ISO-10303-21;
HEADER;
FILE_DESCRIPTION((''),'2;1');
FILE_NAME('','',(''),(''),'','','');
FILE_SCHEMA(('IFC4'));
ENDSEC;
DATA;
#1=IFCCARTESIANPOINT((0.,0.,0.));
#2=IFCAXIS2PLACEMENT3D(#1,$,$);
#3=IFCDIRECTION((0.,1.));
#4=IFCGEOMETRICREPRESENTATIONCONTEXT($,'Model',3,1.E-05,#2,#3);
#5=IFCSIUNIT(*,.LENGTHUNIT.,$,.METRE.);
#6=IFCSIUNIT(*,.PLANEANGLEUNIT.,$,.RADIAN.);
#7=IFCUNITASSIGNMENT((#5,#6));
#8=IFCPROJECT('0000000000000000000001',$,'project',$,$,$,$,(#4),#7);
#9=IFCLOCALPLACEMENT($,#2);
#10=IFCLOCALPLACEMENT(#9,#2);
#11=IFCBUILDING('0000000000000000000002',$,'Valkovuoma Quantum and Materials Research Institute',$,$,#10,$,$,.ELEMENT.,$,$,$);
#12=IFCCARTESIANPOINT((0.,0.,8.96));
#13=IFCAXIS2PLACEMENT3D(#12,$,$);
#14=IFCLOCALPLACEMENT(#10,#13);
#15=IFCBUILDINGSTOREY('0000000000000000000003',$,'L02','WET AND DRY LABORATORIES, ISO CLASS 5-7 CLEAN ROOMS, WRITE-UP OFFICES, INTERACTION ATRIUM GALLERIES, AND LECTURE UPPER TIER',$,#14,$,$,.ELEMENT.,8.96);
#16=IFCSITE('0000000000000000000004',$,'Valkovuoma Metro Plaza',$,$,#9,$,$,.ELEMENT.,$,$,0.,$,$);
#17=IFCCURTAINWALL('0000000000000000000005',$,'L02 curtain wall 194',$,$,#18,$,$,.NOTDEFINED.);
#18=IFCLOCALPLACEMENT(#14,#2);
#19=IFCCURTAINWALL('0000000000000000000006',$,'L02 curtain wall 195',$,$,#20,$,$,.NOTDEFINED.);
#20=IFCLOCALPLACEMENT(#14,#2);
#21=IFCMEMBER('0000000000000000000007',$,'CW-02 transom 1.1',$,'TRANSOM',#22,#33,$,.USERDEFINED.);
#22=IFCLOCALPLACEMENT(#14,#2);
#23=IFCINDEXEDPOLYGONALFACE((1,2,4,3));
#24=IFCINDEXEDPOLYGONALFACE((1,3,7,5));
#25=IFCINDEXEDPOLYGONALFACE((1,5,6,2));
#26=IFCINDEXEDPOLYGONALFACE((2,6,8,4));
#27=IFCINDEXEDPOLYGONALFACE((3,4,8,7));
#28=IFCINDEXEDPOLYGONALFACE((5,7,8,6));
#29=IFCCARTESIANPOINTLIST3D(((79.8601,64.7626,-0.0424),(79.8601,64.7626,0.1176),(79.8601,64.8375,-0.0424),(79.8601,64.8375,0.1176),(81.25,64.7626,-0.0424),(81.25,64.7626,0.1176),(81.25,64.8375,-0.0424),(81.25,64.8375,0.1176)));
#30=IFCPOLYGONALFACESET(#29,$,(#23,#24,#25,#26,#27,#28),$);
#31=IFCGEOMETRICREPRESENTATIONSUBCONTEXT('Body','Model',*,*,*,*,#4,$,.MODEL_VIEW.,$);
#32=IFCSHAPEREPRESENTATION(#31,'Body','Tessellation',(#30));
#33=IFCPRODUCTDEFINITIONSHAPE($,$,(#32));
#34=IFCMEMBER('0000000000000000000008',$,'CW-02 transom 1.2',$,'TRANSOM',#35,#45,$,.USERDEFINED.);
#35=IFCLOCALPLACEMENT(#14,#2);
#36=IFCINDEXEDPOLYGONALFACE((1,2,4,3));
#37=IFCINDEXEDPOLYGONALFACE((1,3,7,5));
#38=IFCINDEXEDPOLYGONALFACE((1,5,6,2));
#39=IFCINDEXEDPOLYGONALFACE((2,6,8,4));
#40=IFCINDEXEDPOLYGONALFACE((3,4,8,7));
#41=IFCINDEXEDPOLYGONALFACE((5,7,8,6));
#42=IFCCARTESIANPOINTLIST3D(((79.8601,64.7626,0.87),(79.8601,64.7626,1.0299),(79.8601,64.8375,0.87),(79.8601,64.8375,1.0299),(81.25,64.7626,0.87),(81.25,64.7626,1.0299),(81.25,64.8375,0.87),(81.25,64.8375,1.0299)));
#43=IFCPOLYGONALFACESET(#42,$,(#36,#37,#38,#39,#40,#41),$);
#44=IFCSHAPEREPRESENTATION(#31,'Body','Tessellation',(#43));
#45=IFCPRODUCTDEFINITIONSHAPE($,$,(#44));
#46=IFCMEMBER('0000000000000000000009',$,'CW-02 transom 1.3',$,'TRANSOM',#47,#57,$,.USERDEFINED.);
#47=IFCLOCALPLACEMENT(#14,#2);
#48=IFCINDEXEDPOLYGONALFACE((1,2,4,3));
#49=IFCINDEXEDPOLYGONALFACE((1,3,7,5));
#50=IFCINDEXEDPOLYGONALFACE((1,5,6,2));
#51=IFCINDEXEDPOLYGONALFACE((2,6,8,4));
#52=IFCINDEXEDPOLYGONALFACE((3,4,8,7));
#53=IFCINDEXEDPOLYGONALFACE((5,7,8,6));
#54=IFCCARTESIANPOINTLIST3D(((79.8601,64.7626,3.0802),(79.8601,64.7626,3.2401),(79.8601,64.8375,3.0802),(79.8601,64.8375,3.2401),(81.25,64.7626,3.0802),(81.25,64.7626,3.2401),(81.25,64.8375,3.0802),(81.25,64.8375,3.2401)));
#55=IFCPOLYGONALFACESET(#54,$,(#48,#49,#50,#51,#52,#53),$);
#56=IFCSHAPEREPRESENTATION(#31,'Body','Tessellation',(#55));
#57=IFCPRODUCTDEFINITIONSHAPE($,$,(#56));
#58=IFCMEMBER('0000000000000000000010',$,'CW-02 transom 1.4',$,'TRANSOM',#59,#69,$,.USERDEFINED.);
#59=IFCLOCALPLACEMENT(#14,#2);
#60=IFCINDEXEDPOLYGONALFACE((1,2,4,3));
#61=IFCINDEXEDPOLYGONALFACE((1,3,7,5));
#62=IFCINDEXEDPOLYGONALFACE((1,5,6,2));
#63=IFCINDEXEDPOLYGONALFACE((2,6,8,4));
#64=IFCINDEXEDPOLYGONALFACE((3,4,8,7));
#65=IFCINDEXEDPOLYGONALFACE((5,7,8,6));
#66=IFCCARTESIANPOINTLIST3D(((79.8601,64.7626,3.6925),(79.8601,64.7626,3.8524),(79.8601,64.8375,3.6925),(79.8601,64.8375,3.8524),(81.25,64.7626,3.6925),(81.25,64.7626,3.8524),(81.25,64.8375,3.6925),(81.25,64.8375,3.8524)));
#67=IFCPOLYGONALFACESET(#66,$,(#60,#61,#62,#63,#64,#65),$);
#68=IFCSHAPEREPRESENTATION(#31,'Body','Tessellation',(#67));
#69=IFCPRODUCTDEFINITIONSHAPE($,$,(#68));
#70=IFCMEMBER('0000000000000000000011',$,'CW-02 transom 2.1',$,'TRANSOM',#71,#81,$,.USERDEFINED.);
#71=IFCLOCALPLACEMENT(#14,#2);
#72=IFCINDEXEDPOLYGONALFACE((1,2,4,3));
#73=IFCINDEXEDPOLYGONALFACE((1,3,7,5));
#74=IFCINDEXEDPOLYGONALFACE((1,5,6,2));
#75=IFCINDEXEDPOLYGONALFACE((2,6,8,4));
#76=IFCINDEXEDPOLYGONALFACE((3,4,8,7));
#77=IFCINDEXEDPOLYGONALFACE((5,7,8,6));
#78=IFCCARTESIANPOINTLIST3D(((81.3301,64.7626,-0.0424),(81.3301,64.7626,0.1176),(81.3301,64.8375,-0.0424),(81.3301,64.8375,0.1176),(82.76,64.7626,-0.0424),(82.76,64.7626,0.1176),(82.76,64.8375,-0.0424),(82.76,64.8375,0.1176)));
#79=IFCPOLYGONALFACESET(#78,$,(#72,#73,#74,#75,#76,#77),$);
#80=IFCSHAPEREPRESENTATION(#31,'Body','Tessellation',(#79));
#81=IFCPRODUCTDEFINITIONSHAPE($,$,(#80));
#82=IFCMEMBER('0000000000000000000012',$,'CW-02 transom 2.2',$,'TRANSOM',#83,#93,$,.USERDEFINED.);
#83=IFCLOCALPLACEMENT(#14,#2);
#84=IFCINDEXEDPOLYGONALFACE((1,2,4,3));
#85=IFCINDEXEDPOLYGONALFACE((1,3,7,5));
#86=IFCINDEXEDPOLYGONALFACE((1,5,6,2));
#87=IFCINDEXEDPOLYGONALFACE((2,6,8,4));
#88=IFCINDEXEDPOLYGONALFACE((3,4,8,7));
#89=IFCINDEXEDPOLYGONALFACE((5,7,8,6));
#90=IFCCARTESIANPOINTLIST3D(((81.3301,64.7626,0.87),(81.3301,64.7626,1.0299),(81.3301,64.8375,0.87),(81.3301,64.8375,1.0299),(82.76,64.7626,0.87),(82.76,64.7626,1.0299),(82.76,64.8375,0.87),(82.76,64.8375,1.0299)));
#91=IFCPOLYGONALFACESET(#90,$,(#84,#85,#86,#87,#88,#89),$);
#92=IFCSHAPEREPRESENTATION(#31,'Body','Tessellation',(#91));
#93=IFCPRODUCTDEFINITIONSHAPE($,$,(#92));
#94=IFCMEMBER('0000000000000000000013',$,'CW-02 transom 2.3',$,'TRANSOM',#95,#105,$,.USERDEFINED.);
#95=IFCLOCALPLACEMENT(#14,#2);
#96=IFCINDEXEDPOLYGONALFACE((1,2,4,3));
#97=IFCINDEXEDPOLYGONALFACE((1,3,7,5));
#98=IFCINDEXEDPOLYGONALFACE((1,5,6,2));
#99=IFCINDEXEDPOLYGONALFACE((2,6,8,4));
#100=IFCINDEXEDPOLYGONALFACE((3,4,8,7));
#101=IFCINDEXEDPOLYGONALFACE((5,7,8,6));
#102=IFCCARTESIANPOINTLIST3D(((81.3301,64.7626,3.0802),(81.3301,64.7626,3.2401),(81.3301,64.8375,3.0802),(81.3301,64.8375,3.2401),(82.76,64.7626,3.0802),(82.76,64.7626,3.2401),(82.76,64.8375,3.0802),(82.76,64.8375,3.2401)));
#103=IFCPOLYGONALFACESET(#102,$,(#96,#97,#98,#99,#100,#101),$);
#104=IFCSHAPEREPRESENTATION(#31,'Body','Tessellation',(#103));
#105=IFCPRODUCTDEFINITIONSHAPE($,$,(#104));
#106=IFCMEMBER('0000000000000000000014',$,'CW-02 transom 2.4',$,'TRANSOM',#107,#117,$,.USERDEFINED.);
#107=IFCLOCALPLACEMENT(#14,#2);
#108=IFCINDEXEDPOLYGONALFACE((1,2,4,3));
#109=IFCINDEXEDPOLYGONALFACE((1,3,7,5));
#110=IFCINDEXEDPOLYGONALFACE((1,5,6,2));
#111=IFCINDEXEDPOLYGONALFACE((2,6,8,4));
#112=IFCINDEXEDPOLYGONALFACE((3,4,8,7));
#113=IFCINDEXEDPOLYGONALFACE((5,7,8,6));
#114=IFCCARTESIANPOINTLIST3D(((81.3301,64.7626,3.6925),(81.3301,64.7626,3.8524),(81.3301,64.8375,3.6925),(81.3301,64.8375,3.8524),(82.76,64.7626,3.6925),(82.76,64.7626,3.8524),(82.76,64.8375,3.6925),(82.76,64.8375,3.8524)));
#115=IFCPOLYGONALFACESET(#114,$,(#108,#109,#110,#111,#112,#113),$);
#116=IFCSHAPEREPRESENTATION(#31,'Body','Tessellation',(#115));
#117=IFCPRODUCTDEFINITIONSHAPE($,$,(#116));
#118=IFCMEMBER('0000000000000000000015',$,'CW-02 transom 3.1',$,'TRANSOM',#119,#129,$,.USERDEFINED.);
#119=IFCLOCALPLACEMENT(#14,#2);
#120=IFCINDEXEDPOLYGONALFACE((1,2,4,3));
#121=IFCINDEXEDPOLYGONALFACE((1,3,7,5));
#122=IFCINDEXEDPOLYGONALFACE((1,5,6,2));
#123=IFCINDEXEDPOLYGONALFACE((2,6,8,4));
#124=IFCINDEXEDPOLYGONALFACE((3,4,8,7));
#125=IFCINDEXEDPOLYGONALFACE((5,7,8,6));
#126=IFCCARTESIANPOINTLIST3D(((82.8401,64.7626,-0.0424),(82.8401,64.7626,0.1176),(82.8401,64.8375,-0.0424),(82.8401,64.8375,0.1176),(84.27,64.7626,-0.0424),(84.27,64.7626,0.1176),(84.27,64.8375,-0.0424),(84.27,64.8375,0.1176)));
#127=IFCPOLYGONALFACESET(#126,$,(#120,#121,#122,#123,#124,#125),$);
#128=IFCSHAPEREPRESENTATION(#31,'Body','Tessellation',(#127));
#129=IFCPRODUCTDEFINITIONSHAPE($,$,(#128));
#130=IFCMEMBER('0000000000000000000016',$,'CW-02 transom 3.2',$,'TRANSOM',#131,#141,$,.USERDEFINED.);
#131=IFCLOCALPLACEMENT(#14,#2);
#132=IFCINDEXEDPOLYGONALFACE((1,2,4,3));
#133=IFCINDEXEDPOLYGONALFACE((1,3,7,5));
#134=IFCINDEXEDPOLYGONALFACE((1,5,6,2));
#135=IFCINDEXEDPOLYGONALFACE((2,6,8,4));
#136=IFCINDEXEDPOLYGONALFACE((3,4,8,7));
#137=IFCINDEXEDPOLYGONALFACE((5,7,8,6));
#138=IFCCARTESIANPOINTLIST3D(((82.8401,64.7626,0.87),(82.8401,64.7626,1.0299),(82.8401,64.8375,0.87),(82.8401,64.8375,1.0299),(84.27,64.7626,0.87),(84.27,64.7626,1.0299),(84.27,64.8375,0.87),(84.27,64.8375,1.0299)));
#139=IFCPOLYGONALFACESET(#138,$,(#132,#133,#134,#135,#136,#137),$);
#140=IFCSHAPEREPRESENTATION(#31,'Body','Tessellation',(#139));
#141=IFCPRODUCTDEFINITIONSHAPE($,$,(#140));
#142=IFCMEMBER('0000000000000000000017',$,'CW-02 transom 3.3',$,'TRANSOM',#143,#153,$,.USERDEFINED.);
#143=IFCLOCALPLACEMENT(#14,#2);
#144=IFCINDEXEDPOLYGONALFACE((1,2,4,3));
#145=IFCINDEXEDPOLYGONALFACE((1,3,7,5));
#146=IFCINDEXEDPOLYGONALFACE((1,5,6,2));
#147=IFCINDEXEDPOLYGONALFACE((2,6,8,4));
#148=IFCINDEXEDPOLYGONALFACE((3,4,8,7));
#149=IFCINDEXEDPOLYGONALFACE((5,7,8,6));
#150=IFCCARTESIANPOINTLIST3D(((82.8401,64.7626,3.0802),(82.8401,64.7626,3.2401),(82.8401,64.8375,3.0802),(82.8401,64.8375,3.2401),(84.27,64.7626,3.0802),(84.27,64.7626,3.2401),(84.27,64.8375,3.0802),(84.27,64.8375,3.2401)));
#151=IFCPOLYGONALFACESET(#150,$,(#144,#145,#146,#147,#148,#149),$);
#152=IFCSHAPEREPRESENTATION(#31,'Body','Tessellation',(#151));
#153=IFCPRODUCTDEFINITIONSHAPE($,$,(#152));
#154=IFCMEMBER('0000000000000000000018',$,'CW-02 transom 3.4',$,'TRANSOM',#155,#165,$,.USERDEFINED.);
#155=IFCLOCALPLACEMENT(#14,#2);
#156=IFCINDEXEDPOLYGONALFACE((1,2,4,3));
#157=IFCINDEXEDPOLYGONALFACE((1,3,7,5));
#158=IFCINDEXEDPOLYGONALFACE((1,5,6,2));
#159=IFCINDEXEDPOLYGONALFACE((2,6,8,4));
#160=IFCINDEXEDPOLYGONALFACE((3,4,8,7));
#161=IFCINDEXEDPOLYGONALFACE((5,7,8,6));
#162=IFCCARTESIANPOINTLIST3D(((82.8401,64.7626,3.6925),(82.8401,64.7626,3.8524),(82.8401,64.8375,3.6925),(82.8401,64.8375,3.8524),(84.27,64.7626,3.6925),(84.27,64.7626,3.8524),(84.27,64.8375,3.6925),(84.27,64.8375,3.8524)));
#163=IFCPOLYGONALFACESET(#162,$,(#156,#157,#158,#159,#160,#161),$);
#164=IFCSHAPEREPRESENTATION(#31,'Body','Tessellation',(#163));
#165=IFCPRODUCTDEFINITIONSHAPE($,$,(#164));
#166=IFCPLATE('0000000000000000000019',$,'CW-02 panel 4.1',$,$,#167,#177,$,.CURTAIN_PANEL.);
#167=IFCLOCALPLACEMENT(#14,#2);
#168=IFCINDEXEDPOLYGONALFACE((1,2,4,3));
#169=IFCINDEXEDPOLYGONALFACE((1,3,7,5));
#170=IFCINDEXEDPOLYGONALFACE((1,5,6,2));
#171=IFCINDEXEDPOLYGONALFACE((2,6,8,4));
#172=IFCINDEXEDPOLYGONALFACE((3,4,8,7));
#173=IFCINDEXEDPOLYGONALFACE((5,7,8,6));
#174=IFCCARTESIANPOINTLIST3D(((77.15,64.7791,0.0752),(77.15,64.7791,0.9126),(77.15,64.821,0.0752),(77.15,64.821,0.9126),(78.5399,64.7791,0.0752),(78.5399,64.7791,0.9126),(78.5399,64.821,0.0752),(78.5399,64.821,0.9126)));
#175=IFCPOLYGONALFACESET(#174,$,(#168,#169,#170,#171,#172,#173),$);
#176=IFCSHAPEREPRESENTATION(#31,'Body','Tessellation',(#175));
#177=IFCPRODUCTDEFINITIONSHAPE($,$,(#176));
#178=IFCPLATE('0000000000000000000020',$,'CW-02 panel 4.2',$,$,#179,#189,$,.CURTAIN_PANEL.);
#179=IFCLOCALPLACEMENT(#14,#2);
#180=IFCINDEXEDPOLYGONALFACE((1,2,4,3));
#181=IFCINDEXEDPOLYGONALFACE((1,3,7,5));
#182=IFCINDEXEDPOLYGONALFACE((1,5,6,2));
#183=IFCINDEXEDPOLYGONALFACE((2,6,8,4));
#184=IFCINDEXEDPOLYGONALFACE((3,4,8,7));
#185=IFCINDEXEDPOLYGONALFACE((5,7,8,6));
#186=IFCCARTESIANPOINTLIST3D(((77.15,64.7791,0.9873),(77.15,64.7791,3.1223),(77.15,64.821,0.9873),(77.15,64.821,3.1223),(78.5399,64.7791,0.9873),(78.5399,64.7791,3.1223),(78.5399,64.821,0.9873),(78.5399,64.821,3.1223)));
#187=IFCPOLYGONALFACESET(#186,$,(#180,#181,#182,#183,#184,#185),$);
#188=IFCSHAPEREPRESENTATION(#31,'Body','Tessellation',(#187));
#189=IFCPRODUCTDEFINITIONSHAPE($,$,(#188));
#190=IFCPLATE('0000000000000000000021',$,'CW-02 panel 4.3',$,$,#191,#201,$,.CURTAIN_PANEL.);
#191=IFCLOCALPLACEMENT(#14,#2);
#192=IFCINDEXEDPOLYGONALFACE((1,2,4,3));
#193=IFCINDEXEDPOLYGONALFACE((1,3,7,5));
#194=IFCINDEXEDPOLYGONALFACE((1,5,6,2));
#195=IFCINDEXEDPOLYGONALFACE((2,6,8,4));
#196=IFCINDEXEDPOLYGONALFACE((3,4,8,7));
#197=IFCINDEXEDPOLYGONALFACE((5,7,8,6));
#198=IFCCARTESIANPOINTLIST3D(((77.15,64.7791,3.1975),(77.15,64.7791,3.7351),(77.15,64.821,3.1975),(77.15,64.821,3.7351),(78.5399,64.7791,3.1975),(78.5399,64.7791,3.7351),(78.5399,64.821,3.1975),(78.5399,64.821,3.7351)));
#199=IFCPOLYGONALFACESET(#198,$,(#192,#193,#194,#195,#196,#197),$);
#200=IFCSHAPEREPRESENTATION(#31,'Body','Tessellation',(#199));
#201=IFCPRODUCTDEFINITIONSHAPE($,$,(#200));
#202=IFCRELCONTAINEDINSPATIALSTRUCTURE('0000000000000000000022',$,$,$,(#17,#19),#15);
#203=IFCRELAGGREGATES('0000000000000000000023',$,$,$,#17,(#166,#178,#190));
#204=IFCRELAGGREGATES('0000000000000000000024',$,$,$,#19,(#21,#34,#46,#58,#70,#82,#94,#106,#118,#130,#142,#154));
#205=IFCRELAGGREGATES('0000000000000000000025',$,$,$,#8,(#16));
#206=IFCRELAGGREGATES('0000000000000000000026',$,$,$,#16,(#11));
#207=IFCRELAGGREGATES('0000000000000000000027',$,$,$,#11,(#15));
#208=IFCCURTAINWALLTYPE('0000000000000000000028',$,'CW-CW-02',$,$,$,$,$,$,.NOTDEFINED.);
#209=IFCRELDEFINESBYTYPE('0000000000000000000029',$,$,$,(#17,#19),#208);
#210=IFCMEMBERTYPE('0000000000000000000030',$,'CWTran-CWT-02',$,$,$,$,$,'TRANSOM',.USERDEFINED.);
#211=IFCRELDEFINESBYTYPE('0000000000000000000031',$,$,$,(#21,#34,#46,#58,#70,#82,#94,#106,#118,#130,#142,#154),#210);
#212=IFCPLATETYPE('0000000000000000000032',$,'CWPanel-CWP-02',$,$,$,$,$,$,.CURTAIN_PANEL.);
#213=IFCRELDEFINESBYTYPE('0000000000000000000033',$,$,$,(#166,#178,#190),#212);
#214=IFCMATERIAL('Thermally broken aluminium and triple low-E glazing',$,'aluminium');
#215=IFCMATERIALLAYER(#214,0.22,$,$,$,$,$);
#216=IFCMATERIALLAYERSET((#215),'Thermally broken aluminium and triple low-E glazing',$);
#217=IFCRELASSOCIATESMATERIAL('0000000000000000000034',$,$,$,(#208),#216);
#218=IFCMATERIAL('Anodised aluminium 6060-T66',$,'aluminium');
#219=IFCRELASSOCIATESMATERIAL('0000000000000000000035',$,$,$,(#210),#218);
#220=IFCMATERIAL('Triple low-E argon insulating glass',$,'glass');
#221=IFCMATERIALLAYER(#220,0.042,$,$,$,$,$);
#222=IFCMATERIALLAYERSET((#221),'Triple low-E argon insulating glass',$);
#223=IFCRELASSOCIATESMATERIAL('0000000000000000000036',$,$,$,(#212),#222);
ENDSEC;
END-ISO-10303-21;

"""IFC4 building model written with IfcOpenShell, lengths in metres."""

from ifc_helpers import new_model, si_unit, direction, frame, origin, origin_2d, place, context, subcontext, project, spatial, rectangle, extrude, material, layer, layer_set, material_profile, profile_set, type_object, element, aggregate, save


model = new_model("IFC4")

# Units and contexts
model_context = context("Model", 3, precision=1e-05, world=origin(), true_north=direction((0.0, 1.0)))
body_context = subcontext(model_context, "Body", "Model", "MODEL_VIEW")
ifc_project = project(units=[si_unit("LENGTHUNIT", "METRE"), si_unit("PLANEANGLEUNIT", "RADIAN")], contexts=[model_context])

# Site, building, storey
site_placement = place(None, origin())
site = spatial("IfcSite", under=ifc_project, at=site_placement, Name="Valkovuoma Metro Plaza", CompositionType="ELEMENT", RefElevation=0.0)
building_placement = place(site_placement, origin())
building = spatial("IfcBuilding", under=site, at=building_placement, Name="Valkovuoma Quantum and Materials Research Institute", CompositionType="ELEMENT")
storey_placement = place(building_placement, frame((0.0, 0.0, 8.96)))
storey = spatial("IfcBuildingStorey", under=building, at=storey_placement, Name="L02", Description="WET AND DRY LABORATORIES, ISO CLASS 5-7 CLEAN ROOMS, WRITE-UP OFFICES, INTERACTION ATRIUM GALLERIES, AND LECTURE UPPER TIER", CompositionType="ELEMENT", Elevation=8.96)

# Curtain wall
ifc_material_1 = material(Name="Thermally broken aluminium and triple low-E glazing", Category="aluminium")
ifc_layer_1 = layer(ifc_material_1, 0.22)
ifc_layer_set_1 = layer_set([ifc_layer_1], Name="Thermally broken aluminium and triple low-E glazing")
curtain_wall_type = type_object("IfcCurtainWallType", Name="CW-CW-02", PredefinedType="NOTDEFINED", material=ifc_layer_set_1)
curtain_wall_1_placement = place(storey_placement, origin())
curtain_wall_1 = element("IfcCurtainWall", 1, at=curtain_wall_1_placement, inside=storey, type_object=curtain_wall_type, Name="L02 curtain wall 194", PredefinedType="NOTDEFINED")

# Curtain wall
curtain_wall_2_placement = place(storey_placement, origin())
curtain_wall_2 = element("IfcCurtainWall", 2, at=curtain_wall_2_placement, inside=storey, type_object=curtain_wall_type, Name="L02 curtain wall 195", PredefinedType="NOTDEFINED")

# Members
ifc_material_2 = material(Name="Anodised aluminium 6060-T66", Category="aluminium")
ifc_material_profile_1 = material_profile(ifc_material_2, rectangle(XDim=0.075, YDim=0.1599, at=origin_2d()), Name="Anodised aluminium 6060-T66")
ifc_profile_set_1 = profile_set([ifc_material_profile_1], Name="Anodised aluminium 6060-T66")
member_type_1 = type_object("IfcMemberType", Name="CWTran-CWT-02", ElementType="TRANSOM", PredefinedType="USERDEFINED", material=ifc_profile_set_1)
member_1_placement = place(storey_placement, frame((79.8601, 64.8, 0.0376), z_axis=(1.0, 0.0, 0.0), x_axis=(0.0, 1.0, 0.0)))
member_1 = element("IfcMember", 3, at=member_1_placement, type_object=member_type_1, Name="CW-02 transom 1.1", ObjectType="TRANSOM", PredefinedType="USERDEFINED", context=body_context, shape_type="SweptSolid", body=[
    extrude(rectangle(XDim=0.075, YDim=0.1599, at=origin_2d()), origin(), (0.0, 0.0, 1.0), 1.3899),
])
member_2_placement = place(storey_placement, frame((79.8601, 64.8, 0.95), z_axis=(1.0, 0.0, 0.0), x_axis=(0.0, 1.0, 0.0)))
member_2 = element("IfcMember", 4, at=member_2_placement, type_object=member_type_1, Name="CW-02 transom 1.2", ObjectType="TRANSOM", PredefinedType="USERDEFINED", context=body_context, shape_type="SweptSolid", body=[
    extrude(rectangle(XDim=0.075, YDim=0.1599, at=origin_2d()), origin(), (0.0, 0.0, 1.0), 1.3899),
])
member_3_placement = place(storey_placement, frame((79.8601, 64.8, 3.1602), z_axis=(1.0, 0.0, 0.0), x_axis=(0.0, 1.0, 0.0)))
member_3 = element("IfcMember", 5, at=member_3_placement, type_object=member_type_1, Name="CW-02 transom 1.3", ObjectType="TRANSOM", PredefinedType="USERDEFINED", context=body_context, shape_type="SweptSolid", body=[
    extrude(rectangle(XDim=0.075, YDim=0.1599, at=origin_2d()), origin(), (0.0, 0.0, 1.0), 1.3899),
])
member_4_placement = place(storey_placement, frame((79.8601, 64.8, 3.7725), z_axis=(1.0, 0.0, 0.0), x_axis=(0.0, 1.0, 0.0)))
member_4 = element("IfcMember", 6, at=member_4_placement, type_object=member_type_1, Name="CW-02 transom 1.4", ObjectType="TRANSOM", PredefinedType="USERDEFINED", context=body_context, shape_type="SweptSolid", body=[
    extrude(rectangle(XDim=0.075, YDim=0.1599, at=origin_2d()), origin(), (0.0, 0.0, 1.0), 1.3899),
])
member_5_placement = place(storey_placement, frame((81.3301, 64.8, 0.0376), z_axis=(1.0, 0.0, 0.0), x_axis=(0.0, 1.0, 0.0)))
member_5 = element("IfcMember", 7, at=member_5_placement, type_object=member_type_1, Name="CW-02 transom 2.1", ObjectType="TRANSOM", PredefinedType="USERDEFINED", context=body_context, shape_type="SweptSolid", body=[
    extrude(rectangle(XDim=0.075, YDim=0.1599, at=origin_2d()), origin(), (0.0, 0.0, 1.0), 1.4299),
])
member_6_placement = place(storey_placement, frame((81.3301, 64.8, 0.95), z_axis=(1.0, 0.0, 0.0), x_axis=(0.0, 1.0, 0.0)))
member_6 = element("IfcMember", 8, at=member_6_placement, type_object=member_type_1, Name="CW-02 transom 2.2", ObjectType="TRANSOM", PredefinedType="USERDEFINED", context=body_context, shape_type="SweptSolid", body=[
    extrude(rectangle(XDim=0.075, YDim=0.1599, at=origin_2d()), origin(), (0.0, 0.0, 1.0), 1.4299),
])
member_7_placement = place(storey_placement, frame((81.3301, 64.8, 3.1602), z_axis=(1.0, 0.0, 0.0), x_axis=(0.0, 1.0, 0.0)))
member_7 = element("IfcMember", 9, at=member_7_placement, type_object=member_type_1, Name="CW-02 transom 2.3", ObjectType="TRANSOM", PredefinedType="USERDEFINED", context=body_context, shape_type="SweptSolid", body=[
    extrude(rectangle(XDim=0.075, YDim=0.1599, at=origin_2d()), origin(), (0.0, 0.0, 1.0), 1.4299),
])
member_8_placement = place(storey_placement, frame((81.3301, 64.8, 3.7725), z_axis=(1.0, 0.0, 0.0), x_axis=(0.0, 1.0, 0.0)))
member_8 = element("IfcMember", 10, at=member_8_placement, type_object=member_type_1, Name="CW-02 transom 2.4", ObjectType="TRANSOM", PredefinedType="USERDEFINED", context=body_context, shape_type="SweptSolid", body=[
    extrude(rectangle(XDim=0.075, YDim=0.1599, at=origin_2d()), origin(), (0.0, 0.0, 1.0), 1.4299),
])
member_9_placement = place(storey_placement, frame((82.8401, 64.8, 0.0376), z_axis=(1.0, 0.0, 0.0), x_axis=(0.0, 1.0, 0.0)))
member_9 = element("IfcMember", 11, at=member_9_placement, type_object=member_type_1, Name="CW-02 transom 3.1", ObjectType="TRANSOM", PredefinedType="USERDEFINED", context=body_context, shape_type="SweptSolid", body=[
    extrude(rectangle(XDim=0.075, YDim=0.1599, at=origin_2d()), origin(), (0.0, 0.0, 1.0), 1.4299),
])
member_10_placement = place(storey_placement, frame((82.8401, 64.8, 0.95), z_axis=(1.0, 0.0, 0.0), x_axis=(0.0, 1.0, 0.0)))
member_10 = element("IfcMember", 12, at=member_10_placement, type_object=member_type_1, Name="CW-02 transom 3.2", ObjectType="TRANSOM", PredefinedType="USERDEFINED", context=body_context, shape_type="SweptSolid", body=[
    extrude(rectangle(XDim=0.075, YDim=0.1599, at=origin_2d()), origin(), (0.0, 0.0, 1.0), 1.4299),
])
member_11_placement = place(storey_placement, frame((82.8401, 64.8, 3.1602), z_axis=(1.0, 0.0, 0.0), x_axis=(0.0, 1.0, 0.0)))
member_11 = element("IfcMember", 13, at=member_11_placement, type_object=member_type_1, Name="CW-02 transom 3.3", ObjectType="TRANSOM", PredefinedType="USERDEFINED", context=body_context, shape_type="SweptSolid", body=[
    extrude(rectangle(XDim=0.075, YDim=0.1599, at=origin_2d()), origin(), (0.0, 0.0, 1.0), 1.4299),
])
member_12_placement = place(storey_placement, frame((82.8401, 64.8, 3.7725), z_axis=(1.0, 0.0, 0.0), x_axis=(0.0, 1.0, 0.0)))
member_12 = element("IfcMember", 14, at=member_12_placement, type_object=member_type_1, Name="CW-02 transom 3.4", ObjectType="TRANSOM", PredefinedType="USERDEFINED", context=body_context, shape_type="SweptSolid", body=[
    extrude(rectangle(XDim=0.075, YDim=0.1599, at=origin_2d()), origin(), (0.0, 0.0, 1.0), 1.4299),
])

# Plates
ifc_material_3 = material(Name="Triple low-E argon insulating glass", Category="glass")
ifc_layer_2 = layer(ifc_material_3, 0.042)
ifc_layer_set_2 = layer_set([ifc_layer_2], Name="Triple low-E argon insulating glass")
plate_type = type_object("IfcPlateType", Name="CWPanel-CWP-02", PredefinedType="CURTAIN_PANEL", material=ifc_layer_set_2)
plate_1_placement = place(storey_placement, frame((77.845, 64.8, 0.0752), z_axis=(0.0, 0.0, 1.0), x_axis=(1.0, 0.0, 0.0)))
plate_1 = element("IfcPlate", 15, at=plate_1_placement, type_object=plate_type, Name="CW-02 panel 4.1", PredefinedType="CURTAIN_PANEL", context=body_context, shape_type="SweptSolid", body=[
    extrude(rectangle(XDim=1.3899, YDim=0.042, at=origin_2d()), origin(), (0.0, 0.0, 1.0), 0.8374),
])
plate_2_placement = place(storey_placement, frame((77.845, 64.8, 0.9873), z_axis=(0.0, 0.0, 1.0), x_axis=(1.0, 0.0, 0.0)))
plate_2 = element("IfcPlate", 16, at=plate_2_placement, type_object=plate_type, Name="CW-02 panel 4.2", PredefinedType="CURTAIN_PANEL", context=body_context, shape_type="SweptSolid", body=[
    extrude(rectangle(XDim=1.3899, YDim=0.042, at=origin_2d()), origin(), (0.0, 0.0, 1.0), 2.135),
])
plate_3_placement = place(storey_placement, frame((77.845, 64.8, 3.1975), z_axis=(0.0, 0.0, 1.0), x_axis=(1.0, 0.0, 0.0)))
plate_3 = element("IfcPlate", 17, at=plate_3_placement, type_object=plate_type, Name="CW-02 panel 4.3", PredefinedType="CURTAIN_PANEL", context=body_context, shape_type="SweptSolid", body=[
    extrude(rectangle(XDim=1.3899, YDim=0.042, at=origin_2d()), origin(), (0.0, 0.0, 1.0), 0.5376),
])
aggregate(curtain_wall_1, [plate_1, plate_2, plate_3])
aggregate(curtain_wall_2, [member_1, member_2, member_3, member_4, member_5, member_6, member_7, member_8, member_9, member_10, member_11, member_12])

save(model, "model.ifc")
